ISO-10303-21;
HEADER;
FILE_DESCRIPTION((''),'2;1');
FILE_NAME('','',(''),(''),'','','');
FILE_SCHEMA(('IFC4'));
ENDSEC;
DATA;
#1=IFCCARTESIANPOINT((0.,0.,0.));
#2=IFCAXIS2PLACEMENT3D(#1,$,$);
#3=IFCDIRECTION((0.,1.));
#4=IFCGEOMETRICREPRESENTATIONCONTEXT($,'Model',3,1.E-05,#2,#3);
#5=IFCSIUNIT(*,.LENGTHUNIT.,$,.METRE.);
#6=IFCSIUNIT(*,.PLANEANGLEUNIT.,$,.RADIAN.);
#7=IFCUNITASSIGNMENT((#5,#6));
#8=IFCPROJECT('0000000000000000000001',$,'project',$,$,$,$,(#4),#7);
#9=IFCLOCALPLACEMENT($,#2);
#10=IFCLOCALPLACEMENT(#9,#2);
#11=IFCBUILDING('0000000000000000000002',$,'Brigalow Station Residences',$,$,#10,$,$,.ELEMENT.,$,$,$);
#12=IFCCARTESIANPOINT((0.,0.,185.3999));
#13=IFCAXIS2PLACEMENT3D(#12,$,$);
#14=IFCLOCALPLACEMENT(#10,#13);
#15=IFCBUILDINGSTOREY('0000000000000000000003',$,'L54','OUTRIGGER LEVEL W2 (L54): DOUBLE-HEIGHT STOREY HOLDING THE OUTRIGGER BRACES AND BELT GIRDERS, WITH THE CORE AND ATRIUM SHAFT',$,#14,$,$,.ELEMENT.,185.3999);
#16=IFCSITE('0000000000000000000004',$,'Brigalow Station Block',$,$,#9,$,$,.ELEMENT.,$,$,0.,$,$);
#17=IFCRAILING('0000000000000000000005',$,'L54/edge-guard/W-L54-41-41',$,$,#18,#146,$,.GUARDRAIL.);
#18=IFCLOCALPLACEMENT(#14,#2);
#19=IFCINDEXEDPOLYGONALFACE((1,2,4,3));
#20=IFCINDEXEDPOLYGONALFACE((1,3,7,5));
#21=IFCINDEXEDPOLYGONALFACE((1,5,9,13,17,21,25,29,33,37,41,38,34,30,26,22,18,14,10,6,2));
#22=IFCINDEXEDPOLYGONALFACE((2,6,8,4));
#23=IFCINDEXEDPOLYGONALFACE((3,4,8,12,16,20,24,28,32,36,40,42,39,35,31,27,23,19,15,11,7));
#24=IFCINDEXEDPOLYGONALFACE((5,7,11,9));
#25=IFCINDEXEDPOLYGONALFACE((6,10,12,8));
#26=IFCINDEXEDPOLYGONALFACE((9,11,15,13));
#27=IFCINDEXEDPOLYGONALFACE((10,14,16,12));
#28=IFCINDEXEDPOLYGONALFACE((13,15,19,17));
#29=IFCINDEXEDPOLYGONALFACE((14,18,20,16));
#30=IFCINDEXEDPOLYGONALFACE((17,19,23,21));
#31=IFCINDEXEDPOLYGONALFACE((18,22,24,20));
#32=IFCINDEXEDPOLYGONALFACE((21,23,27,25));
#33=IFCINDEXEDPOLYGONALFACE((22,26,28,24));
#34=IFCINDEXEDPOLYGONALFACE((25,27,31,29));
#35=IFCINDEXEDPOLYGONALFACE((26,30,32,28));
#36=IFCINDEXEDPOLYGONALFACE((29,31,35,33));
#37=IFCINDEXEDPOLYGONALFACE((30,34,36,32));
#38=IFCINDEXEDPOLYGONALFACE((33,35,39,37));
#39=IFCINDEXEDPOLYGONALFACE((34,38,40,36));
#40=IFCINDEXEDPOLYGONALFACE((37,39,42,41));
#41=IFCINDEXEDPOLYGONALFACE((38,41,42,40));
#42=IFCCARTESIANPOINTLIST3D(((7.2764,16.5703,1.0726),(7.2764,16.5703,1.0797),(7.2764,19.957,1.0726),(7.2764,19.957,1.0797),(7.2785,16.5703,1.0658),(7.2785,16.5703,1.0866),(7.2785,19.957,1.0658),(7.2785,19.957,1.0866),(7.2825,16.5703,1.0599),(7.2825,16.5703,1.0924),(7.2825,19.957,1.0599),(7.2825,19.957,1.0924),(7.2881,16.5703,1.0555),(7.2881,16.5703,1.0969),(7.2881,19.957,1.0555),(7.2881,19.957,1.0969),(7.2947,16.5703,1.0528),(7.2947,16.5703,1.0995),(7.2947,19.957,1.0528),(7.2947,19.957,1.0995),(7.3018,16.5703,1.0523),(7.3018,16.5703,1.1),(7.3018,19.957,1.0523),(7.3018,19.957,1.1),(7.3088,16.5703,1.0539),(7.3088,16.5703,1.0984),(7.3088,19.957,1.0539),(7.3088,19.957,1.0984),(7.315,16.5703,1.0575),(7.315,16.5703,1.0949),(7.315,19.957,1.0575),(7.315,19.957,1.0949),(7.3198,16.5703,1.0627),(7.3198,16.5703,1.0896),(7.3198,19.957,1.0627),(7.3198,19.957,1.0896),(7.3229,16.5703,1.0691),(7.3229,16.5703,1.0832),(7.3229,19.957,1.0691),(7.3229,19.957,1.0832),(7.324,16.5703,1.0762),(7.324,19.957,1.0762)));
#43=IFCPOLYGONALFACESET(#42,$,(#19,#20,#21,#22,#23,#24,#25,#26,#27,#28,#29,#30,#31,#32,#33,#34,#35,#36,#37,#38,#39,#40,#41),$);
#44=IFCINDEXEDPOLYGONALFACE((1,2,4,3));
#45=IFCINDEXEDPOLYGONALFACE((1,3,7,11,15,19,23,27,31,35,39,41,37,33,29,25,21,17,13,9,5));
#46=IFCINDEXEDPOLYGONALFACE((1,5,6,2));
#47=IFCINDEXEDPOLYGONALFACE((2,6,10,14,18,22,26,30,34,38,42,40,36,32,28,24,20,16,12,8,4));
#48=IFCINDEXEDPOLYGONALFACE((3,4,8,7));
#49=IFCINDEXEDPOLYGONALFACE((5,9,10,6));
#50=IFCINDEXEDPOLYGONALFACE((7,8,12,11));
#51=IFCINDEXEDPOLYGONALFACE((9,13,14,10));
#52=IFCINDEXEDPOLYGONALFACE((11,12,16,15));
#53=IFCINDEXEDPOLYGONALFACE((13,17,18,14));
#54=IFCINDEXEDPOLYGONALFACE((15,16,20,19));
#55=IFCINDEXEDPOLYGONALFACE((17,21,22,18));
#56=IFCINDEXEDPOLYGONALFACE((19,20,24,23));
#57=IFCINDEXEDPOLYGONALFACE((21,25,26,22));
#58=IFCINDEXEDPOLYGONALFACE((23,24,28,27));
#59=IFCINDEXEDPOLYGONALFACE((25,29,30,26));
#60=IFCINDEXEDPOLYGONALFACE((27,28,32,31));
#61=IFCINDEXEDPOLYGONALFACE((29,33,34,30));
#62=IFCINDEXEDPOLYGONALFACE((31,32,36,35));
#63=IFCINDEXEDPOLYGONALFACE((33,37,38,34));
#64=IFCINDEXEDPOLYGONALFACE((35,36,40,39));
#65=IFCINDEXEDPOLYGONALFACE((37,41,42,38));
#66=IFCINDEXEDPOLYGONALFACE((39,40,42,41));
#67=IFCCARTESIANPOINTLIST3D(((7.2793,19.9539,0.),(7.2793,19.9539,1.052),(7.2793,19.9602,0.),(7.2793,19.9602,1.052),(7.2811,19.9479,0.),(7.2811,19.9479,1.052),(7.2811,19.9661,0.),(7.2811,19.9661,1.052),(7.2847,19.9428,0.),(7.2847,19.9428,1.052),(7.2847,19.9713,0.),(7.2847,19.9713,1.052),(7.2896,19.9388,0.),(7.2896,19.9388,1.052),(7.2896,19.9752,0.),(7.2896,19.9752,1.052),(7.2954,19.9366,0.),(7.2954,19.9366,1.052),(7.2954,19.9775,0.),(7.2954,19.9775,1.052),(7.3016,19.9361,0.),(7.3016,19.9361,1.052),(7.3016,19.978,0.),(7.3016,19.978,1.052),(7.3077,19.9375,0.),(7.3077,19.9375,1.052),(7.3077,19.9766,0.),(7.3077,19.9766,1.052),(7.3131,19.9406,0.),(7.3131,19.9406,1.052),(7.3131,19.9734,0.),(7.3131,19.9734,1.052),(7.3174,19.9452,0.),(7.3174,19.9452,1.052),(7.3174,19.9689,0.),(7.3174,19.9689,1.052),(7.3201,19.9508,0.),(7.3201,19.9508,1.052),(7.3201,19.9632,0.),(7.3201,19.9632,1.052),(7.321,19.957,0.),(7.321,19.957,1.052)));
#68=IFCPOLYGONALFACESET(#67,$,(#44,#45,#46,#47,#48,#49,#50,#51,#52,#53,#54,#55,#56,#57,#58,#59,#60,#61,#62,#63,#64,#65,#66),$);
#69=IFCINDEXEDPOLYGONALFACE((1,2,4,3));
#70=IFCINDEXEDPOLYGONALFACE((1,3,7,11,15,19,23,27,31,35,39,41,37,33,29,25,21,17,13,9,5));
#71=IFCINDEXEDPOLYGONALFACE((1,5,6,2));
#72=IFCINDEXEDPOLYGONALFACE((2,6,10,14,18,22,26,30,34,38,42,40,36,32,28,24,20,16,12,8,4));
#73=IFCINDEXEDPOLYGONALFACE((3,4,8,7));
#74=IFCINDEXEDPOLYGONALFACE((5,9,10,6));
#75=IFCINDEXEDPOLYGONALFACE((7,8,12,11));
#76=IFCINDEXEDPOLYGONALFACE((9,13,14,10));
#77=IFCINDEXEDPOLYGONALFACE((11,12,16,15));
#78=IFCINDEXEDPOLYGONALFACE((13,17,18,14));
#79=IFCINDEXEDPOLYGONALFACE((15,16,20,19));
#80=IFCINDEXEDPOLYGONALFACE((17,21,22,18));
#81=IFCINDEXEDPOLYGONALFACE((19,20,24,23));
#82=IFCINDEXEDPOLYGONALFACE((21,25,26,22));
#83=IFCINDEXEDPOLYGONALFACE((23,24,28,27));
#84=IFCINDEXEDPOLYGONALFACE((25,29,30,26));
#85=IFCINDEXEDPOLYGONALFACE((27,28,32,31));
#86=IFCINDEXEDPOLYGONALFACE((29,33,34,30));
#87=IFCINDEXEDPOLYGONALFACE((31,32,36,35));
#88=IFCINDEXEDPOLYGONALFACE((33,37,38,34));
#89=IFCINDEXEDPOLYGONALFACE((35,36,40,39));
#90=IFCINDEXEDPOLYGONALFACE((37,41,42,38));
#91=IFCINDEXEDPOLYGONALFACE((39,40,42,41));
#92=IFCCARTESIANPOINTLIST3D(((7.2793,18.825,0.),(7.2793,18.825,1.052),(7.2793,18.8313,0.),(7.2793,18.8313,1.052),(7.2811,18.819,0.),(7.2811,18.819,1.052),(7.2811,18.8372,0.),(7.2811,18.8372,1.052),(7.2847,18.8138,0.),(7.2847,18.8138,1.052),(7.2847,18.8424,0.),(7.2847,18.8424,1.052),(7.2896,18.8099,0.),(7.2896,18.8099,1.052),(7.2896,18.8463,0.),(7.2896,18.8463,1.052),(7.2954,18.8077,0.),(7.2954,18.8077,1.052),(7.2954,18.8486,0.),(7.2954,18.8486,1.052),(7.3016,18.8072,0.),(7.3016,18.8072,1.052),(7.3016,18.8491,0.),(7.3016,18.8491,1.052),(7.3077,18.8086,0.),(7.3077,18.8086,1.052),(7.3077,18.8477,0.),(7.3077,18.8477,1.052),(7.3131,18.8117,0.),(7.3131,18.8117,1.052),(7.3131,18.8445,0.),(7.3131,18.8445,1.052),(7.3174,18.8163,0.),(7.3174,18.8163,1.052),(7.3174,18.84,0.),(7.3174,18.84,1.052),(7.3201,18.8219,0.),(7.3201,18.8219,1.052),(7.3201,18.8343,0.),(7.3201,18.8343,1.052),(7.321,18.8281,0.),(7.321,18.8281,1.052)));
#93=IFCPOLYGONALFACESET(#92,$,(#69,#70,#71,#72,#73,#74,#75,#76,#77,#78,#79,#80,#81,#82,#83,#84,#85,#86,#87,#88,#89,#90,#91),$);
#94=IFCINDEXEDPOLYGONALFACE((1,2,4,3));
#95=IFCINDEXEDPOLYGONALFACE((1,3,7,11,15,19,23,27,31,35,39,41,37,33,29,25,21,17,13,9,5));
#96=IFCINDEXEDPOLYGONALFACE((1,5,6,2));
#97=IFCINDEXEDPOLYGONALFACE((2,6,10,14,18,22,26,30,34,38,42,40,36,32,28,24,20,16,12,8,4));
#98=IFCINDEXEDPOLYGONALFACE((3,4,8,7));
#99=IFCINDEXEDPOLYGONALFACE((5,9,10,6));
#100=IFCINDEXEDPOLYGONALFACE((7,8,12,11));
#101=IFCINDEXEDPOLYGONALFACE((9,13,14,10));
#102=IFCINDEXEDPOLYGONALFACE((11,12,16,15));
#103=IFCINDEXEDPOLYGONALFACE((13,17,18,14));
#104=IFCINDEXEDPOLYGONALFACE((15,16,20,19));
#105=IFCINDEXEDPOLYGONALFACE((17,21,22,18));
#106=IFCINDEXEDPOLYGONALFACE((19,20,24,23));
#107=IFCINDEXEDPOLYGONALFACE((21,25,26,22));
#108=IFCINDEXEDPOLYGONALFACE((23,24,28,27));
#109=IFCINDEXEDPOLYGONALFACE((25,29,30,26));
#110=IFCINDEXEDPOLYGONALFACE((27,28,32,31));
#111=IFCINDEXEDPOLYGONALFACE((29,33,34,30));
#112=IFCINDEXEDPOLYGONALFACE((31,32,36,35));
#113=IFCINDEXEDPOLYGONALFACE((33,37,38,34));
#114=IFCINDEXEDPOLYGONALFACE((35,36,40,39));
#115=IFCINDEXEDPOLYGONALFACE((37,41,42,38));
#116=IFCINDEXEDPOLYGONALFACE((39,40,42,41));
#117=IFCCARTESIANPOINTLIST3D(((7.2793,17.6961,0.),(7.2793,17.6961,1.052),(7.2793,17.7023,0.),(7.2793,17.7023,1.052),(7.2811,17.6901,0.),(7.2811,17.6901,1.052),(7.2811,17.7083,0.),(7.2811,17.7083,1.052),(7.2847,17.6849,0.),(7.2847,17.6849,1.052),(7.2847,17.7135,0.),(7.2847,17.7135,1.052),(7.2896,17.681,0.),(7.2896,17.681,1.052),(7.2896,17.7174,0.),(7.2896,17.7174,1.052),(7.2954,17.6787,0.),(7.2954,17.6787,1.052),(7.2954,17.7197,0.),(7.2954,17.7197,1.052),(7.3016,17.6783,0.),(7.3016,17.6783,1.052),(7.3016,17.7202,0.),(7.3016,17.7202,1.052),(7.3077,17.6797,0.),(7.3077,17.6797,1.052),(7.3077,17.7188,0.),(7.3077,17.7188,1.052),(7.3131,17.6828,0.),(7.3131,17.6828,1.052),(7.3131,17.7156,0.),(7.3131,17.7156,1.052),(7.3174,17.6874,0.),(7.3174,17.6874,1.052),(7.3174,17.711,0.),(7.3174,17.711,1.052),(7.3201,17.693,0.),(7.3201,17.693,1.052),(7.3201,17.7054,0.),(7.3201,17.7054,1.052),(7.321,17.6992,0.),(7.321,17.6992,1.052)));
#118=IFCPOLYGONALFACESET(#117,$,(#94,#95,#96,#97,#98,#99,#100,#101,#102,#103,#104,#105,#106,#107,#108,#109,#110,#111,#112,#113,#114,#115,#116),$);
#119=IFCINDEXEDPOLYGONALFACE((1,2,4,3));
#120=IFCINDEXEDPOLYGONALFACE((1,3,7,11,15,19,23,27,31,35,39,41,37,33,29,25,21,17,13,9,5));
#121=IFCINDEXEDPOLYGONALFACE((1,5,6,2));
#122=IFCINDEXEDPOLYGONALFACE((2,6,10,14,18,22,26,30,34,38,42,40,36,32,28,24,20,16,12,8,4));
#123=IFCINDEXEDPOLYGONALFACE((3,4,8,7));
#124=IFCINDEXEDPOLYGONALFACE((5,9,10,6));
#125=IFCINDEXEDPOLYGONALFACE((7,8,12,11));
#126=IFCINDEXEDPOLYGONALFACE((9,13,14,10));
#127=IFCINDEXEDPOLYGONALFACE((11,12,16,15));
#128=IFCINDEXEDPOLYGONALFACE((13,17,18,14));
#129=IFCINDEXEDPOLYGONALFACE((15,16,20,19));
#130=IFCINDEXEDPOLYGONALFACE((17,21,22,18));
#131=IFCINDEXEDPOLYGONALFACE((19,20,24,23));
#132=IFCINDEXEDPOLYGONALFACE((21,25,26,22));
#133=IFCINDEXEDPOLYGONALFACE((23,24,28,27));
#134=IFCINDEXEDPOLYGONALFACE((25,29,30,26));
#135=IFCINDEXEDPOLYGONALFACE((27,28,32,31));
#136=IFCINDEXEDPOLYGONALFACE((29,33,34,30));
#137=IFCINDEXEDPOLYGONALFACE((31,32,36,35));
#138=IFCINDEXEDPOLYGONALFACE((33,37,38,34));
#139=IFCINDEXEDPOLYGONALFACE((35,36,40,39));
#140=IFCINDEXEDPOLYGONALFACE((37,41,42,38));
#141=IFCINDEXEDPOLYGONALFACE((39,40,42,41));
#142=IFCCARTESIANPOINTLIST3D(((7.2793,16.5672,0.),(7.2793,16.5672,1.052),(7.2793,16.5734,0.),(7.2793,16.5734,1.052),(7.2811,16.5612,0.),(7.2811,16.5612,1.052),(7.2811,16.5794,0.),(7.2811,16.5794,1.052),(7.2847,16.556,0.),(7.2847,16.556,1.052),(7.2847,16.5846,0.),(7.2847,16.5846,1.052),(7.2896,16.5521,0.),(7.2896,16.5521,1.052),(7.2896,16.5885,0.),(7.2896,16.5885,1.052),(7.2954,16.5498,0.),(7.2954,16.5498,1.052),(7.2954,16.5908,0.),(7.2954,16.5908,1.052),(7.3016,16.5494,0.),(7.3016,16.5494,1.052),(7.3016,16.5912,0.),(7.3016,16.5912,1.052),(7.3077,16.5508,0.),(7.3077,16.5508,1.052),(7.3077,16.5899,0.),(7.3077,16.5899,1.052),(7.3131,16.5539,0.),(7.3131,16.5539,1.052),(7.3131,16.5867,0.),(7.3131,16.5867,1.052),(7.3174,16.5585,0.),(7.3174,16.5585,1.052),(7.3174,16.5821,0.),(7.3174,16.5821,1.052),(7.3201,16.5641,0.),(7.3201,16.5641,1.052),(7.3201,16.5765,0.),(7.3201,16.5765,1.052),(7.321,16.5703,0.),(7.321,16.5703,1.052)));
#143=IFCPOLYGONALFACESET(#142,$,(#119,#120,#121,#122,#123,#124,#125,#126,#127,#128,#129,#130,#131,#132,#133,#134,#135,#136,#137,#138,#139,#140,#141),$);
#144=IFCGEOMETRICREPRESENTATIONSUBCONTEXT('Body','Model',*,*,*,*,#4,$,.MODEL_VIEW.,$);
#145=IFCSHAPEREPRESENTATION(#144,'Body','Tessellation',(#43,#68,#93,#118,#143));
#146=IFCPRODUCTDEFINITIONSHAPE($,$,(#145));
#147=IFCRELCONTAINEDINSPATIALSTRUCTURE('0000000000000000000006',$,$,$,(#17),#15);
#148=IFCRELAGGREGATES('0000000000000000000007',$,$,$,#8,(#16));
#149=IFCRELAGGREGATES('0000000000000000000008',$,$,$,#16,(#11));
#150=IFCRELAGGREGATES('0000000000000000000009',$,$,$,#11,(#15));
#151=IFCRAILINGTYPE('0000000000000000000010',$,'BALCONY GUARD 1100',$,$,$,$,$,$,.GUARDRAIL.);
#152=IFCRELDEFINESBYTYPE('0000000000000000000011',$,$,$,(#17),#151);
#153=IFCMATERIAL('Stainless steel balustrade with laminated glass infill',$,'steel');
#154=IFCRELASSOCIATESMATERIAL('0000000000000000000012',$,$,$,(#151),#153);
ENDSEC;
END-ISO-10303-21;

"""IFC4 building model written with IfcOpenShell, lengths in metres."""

from ifc_helpers import new_model, si_unit, direction, frame, origin, origin_2d, place, context, subcontext, project, spatial, circle, extrude, material, type_object, element, save


model = new_model("IFC4")

# Units and contexts
model_context = context("Model", 3, precision=1e-05, world=origin(), true_north=direction((0.0, 1.0)))
body_context = subcontext(model_context, "Body", "Model", "MODEL_VIEW")
ifc_project = project(units=[si_unit("LENGTHUNIT", "METRE"), si_unit("PLANEANGLEUNIT", "RADIAN")], contexts=[model_context])

# Site, building, storey
site_placement = place(None, origin())
site = spatial("IfcSite", under=ifc_project, at=site_placement, Name="Brigalow Station Block", CompositionType="ELEMENT", RefElevation=0.0)
building_placement = place(site_placement, origin())
building = spatial("IfcBuilding", under=site, at=building_placement, Name="Brigalow Station Residences", CompositionType="ELEMENT")
storey_placement = place(building_placement, frame((0.0, 0.0, 185.3999)))
storey = spatial("IfcBuildingStorey", under=building, at=storey_placement, Name="L54", Description="OUTRIGGER LEVEL W2 (L54): DOUBLE-HEIGHT STOREY HOLDING THE OUTRIGGER BRACES AND BELT GIRDERS, WITH THE CORE AND ATRIUM SHAFT", CompositionType="ELEMENT", Elevation=185.3999)

# Railing
ifc_material_1 = material(Name="Stainless steel balustrade with laminated glass infill", Category="steel")
railing_type = type_object("IfcRailingType", Name="BALCONY GUARD 1100", PredefinedType="GUARDRAIL", material=ifc_material_1)
railing_1_placement = place(storey_placement, frame((7.3, 19.957, 0.0)))
element("IfcRailing", 1, at=railing_1_placement, inside=storey, type_object=railing_type, Name="L54/edge-guard/W-L54-41-41", PredefinedType="GUARDRAIL", context=body_context, shape_type="SweptSolid", body=[
    extrude(circle(Radius=0.0239, at=origin_2d()), frame((0.0, 0.0, 1.0762), z_axis=(0.0, -1.0, 0.0), x_axis=(1.0, 0.0, 0.0)), (0.0, 0.0, 1.0), 3.3867),
    extrude(circle(Radius=0.021, at=origin_2d()), origin(), (0.0, 0.0, 1.0), 1.052),
    extrude(circle(Radius=0.021, at=origin_2d()), frame((0.0, -1.1289, 0.0)), (0.0, 0.0, 1.0), 1.052),
    extrude(circle(Radius=0.021, at=origin_2d()), frame((0.0, -2.2578, 0.0)), (0.0, 0.0, 1.0), 1.052),
    extrude(circle(Radius=0.021, at=origin_2d()), frame((0.0, -3.3867, 0.0)), (0.0, 0.0, 1.0), 1.052),
])

save(model, "model.ifc")
